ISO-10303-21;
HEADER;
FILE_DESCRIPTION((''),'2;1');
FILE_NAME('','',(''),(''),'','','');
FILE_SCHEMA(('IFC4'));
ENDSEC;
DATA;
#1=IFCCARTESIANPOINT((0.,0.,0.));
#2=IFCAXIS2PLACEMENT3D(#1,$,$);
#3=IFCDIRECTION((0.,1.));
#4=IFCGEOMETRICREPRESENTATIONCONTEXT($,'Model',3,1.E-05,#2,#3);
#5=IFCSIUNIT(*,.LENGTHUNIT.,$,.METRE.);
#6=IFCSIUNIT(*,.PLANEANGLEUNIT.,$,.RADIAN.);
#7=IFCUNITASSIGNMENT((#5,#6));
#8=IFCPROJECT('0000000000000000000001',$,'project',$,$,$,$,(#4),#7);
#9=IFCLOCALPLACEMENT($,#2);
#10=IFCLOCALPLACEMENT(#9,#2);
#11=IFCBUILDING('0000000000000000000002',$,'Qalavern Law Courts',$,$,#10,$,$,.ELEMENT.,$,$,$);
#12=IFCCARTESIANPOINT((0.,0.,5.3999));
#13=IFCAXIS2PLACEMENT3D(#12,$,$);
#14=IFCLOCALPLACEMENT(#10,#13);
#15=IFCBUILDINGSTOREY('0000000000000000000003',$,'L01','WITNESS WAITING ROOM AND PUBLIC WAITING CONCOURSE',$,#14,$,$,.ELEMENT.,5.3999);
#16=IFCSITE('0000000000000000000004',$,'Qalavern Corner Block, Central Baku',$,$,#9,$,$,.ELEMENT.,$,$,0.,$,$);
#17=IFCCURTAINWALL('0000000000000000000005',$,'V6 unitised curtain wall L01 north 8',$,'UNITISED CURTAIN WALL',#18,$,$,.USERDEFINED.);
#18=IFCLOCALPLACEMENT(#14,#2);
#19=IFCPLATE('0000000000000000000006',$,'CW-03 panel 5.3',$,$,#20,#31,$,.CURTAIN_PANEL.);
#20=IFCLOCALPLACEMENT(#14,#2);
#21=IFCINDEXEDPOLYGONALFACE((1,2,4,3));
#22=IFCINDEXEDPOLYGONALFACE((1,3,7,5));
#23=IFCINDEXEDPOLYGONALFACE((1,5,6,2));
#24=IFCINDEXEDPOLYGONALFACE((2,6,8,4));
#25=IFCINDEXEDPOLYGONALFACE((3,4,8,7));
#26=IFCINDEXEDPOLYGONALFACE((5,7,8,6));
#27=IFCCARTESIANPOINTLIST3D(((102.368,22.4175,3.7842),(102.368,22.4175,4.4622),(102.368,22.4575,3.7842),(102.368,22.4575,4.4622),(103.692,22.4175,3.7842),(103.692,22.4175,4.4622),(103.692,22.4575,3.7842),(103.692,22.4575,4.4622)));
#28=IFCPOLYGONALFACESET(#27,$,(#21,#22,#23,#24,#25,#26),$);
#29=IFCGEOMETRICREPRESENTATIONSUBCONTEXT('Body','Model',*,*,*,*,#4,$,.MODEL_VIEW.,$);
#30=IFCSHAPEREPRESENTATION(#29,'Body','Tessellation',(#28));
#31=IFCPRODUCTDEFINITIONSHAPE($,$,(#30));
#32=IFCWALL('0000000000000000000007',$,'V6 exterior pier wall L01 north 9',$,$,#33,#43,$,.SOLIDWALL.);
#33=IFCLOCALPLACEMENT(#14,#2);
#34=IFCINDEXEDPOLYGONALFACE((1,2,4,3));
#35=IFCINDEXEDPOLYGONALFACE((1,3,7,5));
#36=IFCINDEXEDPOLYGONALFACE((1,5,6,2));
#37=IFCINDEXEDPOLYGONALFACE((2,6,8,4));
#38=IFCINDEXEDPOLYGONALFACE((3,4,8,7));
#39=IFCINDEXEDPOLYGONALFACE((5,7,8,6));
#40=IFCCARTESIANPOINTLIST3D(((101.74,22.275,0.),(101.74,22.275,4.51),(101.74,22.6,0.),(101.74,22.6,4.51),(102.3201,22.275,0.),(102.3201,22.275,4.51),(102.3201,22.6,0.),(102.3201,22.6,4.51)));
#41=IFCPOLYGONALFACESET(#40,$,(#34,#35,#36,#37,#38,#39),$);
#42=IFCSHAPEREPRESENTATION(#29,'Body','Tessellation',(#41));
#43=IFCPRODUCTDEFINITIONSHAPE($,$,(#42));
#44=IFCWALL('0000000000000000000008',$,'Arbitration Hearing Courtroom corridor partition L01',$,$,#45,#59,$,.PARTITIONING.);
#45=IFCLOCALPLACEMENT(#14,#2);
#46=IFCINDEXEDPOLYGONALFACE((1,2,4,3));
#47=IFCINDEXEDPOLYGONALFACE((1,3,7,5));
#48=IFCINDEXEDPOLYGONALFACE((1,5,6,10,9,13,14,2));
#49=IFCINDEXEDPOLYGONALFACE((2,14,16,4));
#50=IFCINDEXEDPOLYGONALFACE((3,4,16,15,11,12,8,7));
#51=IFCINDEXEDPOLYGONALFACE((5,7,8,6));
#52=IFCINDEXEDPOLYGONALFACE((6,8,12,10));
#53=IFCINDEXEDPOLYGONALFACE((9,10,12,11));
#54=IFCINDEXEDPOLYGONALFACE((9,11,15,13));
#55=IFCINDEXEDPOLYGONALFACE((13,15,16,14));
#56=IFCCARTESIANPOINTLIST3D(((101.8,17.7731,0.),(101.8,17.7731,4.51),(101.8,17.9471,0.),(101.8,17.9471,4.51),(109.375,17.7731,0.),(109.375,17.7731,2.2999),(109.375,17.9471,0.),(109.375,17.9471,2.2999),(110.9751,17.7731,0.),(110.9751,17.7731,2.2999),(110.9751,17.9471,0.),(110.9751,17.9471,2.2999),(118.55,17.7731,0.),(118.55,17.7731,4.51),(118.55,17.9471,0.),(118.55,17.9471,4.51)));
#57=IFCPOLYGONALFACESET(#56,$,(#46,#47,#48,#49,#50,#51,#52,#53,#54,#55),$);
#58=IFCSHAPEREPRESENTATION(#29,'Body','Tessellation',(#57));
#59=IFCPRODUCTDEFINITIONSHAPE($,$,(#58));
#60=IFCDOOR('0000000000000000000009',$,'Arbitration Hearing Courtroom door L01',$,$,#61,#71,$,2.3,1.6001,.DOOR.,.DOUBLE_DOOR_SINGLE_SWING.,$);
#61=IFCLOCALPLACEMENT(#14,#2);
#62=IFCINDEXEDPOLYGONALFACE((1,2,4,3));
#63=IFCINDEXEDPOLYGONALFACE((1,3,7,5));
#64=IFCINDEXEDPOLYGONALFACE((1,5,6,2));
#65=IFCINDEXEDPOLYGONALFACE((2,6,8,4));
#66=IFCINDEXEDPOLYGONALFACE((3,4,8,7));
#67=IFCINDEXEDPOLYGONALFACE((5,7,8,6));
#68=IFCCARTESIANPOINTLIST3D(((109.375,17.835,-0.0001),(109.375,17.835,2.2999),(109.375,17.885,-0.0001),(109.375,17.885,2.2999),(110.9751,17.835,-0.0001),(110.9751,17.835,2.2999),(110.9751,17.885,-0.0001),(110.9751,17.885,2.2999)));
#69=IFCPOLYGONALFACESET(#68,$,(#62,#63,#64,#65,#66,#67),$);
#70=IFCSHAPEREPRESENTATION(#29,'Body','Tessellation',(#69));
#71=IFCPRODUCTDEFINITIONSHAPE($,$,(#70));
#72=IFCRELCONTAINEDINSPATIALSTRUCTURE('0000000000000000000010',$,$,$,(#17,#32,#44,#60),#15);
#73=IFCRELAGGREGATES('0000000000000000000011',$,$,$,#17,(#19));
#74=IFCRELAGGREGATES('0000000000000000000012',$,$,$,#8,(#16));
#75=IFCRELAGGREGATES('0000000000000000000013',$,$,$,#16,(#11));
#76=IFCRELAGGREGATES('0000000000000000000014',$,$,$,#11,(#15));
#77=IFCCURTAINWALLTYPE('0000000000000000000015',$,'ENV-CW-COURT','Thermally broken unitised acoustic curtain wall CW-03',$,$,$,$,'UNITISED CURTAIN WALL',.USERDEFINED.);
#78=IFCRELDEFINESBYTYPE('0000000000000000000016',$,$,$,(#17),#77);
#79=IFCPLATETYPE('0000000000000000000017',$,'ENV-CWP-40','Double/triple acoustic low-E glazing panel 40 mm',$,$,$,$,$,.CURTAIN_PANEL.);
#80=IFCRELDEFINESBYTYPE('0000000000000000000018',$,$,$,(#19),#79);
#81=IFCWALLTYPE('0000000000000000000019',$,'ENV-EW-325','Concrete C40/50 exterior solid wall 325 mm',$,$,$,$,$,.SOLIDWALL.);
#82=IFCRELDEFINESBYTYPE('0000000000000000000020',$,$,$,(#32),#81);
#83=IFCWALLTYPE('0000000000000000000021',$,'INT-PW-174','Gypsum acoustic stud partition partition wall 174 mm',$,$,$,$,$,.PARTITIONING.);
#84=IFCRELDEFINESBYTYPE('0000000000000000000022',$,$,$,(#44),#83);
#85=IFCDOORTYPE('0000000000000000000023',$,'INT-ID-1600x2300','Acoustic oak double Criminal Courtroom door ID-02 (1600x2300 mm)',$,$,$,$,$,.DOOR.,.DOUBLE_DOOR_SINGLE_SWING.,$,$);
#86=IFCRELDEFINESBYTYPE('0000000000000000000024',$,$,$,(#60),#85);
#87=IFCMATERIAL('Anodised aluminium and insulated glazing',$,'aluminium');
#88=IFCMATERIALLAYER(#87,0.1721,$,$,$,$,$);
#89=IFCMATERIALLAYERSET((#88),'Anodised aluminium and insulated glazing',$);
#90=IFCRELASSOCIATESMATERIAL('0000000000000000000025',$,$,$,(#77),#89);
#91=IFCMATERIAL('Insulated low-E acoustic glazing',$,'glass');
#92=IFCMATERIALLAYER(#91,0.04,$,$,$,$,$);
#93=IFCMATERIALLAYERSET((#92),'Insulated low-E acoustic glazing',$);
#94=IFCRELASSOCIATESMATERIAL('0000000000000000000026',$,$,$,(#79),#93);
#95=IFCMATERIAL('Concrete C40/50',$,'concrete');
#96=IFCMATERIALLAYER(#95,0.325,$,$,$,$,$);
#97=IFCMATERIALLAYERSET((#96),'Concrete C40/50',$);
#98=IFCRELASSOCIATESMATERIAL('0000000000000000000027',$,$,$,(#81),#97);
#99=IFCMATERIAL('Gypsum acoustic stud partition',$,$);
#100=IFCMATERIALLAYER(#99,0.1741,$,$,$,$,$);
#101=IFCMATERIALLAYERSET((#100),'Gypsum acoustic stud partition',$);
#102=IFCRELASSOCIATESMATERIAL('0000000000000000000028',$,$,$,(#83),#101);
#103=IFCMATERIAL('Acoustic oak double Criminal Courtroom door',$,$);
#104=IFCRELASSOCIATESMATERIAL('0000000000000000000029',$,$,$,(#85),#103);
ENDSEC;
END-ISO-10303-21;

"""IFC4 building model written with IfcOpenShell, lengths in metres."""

from ifc_helpers import new_model, si_unit, direction, frame, frame_2d, origin, origin_2d, place, context, subcontext, project, spatial, rectangle, extrude, material, layer, layer_set, type_object, element, fill, aggregate, save


model = new_model("IFC4")

# Units and contexts
model_context = context("Model", 3, precision=1e-05, world=origin(), true_north=direction((0.0, 1.0)))
body_context = subcontext(model_context, "Body", "Model", "MODEL_VIEW")
ifc_project = project(units=[si_unit("LENGTHUNIT", "METRE"), si_unit("PLANEANGLEUNIT", "RADIAN")], contexts=[model_context])

# Site, building, storey
site_placement = place(None, origin())
site = spatial("IfcSite", under=ifc_project, at=site_placement, Name="Qalavern Corner Block, Central Baku", CompositionType="ELEMENT", RefElevation=0.0)
building_placement = place(site_placement, origin())
building = spatial("IfcBuilding", under=site, at=building_placement, Name="Qalavern Law Courts", CompositionType="ELEMENT")
storey_placement = place(building_placement, frame((0.0, 0.0, 5.3999)))
storey = spatial("IfcBuildingStorey", under=building, at=storey_placement, Name="L01", Description="WITNESS WAITING ROOM AND PUBLIC WAITING CONCOURSE", CompositionType="ELEMENT", Elevation=5.3999)

# Curtain wall
ifc_material_1 = material(Name="Anodised aluminium and insulated glazing", Category="aluminium")
ifc_layer_1 = layer(ifc_material_1, 0.1721)
ifc_layer_set_1 = layer_set([ifc_layer_1], Name="Anodised aluminium and insulated glazing")
curtain_wall_type = type_object("IfcCurtainWallType", Name="ENV-CW-COURT", Description="Thermally broken unitised acoustic curtain wall CW-03", ElementType="UNITISED CURTAIN WALL", PredefinedType="USERDEFINED", material=ifc_layer_set_1)
curtain_wall_placement = place(storey_placement, origin())
curtain_wall = element("IfcCurtainWall", 1, at=curtain_wall_placement, inside=storey, type_object=curtain_wall_type, Name="V6 unitised curtain wall L01 north 8", ObjectType="UNITISED CURTAIN WALL", PredefinedType="USERDEFINED")

# Shared definitions
ifc_material_2 = material(Name="Concrete C40/50", Category="concrete")

# Plate
ifc_material_3 = material(Name="Insulated low-E acoustic glazing", Category="glass")
ifc_layer_2 = layer(ifc_material_3, 0.04)
ifc_layer_set_2 = layer_set([ifc_layer_2], Name="Insulated low-E acoustic glazing")
plate_type = type_object("IfcPlateType", Name="ENV-CWP-40", Description="Double/triple acoustic low-E glazing panel 40 mm", PredefinedType="CURTAIN_PANEL", material=ifc_layer_set_2)
plate_1_placement = place(storey_placement, frame((103.03, 22.4375, 3.7842), z_axis=(0.0, 0.0, 1.0), x_axis=(-1.0, 0.0, 0.0)))
plate_1 = element("IfcPlate", 2, at=plate_1_placement, type_object=plate_type, Name="CW-03 panel 5.3", PredefinedType="CURTAIN_PANEL", context=body_context, shape_type="SweptSolid", body=[
    extrude(rectangle(XDim=1.324, YDim=0.04, at=origin_2d()), origin(), (0.0, 0.0, 1.0), 0.678),
])
aggregate(curtain_wall, [plate_1])

# Wall
ifc_layer_3 = layer(ifc_material_2, 0.325)
ifc_layer_set_3 = layer_set([ifc_layer_3], Name="Concrete C40/50")
wall_type_1 = type_object("IfcWallType", Name="ENV-EW-325", Description="Concrete C40/50 exterior solid wall 325 mm", PredefinedType="SOLIDWALL", material=ifc_layer_set_3)
wall_1_placement = place(storey_placement, frame((102.3201, 22.4375, 0.0), z_axis=(0.0, 0.0, 1.0), x_axis=(-1.0, 0.0, 0.0)))
element("IfcWall", 3, at=wall_1_placement, inside=storey, type_object=wall_type_1, Name="V6 exterior pier wall L01 north 9", PredefinedType="SOLIDWALL", context=body_context, shape_type="SweptSolid", body=[
    extrude(rectangle(XDim=0.5801, YDim=0.325, at=frame_2d((0.29, 0.0))), origin(), (0.0, 0.0, 1.0), 4.51),
])

# Wall, opening, door
ifc_material_4 = material(Name="Gypsum acoustic stud partition")
ifc_layer_4 = layer(ifc_material_4, 0.1741)
ifc_layer_set_4 = layer_set([ifc_layer_4], Name="Gypsum acoustic stud partition")
wall_type_2 = type_object("IfcWallType", Name="INT-PW-174", Description="Gypsum acoustic stud partition partition wall 174 mm", PredefinedType="PARTITIONING", material=ifc_layer_set_4)
wall_2_placement = place(storey_placement, frame((101.8, 17.8601, 0.0), z_axis=(0.0, 0.0, 1.0), x_axis=(1.0, 0.0, 0.0)))
wall_2 = element("IfcWall", 4, at=wall_2_placement, inside=storey, type_object=wall_type_2, Name="Arbitration Hearing Courtroom corridor partition L01", PredefinedType="PARTITIONING", context=body_context, shape_type="SweptSolid", body=[
    extrude(rectangle(XDim=16.75, YDim=0.1741, at=frame_2d((8.375, 0.0))), origin(), (0.0, 0.0, 1.0), 4.51),
])
opening_placement = place(wall_2_placement, frame((7.575, 0.0, 0.0)))
opening = element("IfcOpeningElement", 5, at=opening_placement, cuts=wall_2, PredefinedType="OPENING", context=body_context, shape_type="SweptSolid", body=[
    extrude(rectangle(XDim=1.6001, YDim=2.3, at=frame_2d((0.8, 1.1499))), frame((0.0, 0.1021, 0.0), z_axis=(0.0, -1.0, 0.0), x_axis=(1.0, 0.0, 0.0)), (0.0, 0.0, 1.0), 0.2039),
])
ifc_material_5 = material(Name="Acoustic oak double Criminal Courtroom door")
door_type = type_object("IfcDoorType", Name="INT-ID-1600x2300", Description="Acoustic oak double Criminal Courtroom door ID-02 (1600x2300 mm)", OperationType="DOUBLE_DOOR_SINGLE_SWING", PredefinedType="DOOR", material=ifc_material_5)
door_placement = place(opening_placement, origin())
door = element("IfcDoor", 6, at=door_placement, inside=storey, type_object=door_type, Name="Arbitration Hearing Courtroom door L01", OperationType="DOUBLE_DOOR_SINGLE_SWING", OverallHeight=2.3, OverallWidth=1.6001, PredefinedType="DOOR", context=body_context, shape_type="SweptSolid", body=[
    extrude(rectangle(XDim=1.6001, YDim=2.3, at=frame_2d((0.8, 1.1499))), frame((0.0, 0.0249, 0.0), z_axis=(0.0, -1.0, 0.0), x_axis=(1.0, 0.0, 0.0)), (0.0, 0.0, 1.0), 0.05),
])
fill(opening, door)

save(model, "model.ifc")
